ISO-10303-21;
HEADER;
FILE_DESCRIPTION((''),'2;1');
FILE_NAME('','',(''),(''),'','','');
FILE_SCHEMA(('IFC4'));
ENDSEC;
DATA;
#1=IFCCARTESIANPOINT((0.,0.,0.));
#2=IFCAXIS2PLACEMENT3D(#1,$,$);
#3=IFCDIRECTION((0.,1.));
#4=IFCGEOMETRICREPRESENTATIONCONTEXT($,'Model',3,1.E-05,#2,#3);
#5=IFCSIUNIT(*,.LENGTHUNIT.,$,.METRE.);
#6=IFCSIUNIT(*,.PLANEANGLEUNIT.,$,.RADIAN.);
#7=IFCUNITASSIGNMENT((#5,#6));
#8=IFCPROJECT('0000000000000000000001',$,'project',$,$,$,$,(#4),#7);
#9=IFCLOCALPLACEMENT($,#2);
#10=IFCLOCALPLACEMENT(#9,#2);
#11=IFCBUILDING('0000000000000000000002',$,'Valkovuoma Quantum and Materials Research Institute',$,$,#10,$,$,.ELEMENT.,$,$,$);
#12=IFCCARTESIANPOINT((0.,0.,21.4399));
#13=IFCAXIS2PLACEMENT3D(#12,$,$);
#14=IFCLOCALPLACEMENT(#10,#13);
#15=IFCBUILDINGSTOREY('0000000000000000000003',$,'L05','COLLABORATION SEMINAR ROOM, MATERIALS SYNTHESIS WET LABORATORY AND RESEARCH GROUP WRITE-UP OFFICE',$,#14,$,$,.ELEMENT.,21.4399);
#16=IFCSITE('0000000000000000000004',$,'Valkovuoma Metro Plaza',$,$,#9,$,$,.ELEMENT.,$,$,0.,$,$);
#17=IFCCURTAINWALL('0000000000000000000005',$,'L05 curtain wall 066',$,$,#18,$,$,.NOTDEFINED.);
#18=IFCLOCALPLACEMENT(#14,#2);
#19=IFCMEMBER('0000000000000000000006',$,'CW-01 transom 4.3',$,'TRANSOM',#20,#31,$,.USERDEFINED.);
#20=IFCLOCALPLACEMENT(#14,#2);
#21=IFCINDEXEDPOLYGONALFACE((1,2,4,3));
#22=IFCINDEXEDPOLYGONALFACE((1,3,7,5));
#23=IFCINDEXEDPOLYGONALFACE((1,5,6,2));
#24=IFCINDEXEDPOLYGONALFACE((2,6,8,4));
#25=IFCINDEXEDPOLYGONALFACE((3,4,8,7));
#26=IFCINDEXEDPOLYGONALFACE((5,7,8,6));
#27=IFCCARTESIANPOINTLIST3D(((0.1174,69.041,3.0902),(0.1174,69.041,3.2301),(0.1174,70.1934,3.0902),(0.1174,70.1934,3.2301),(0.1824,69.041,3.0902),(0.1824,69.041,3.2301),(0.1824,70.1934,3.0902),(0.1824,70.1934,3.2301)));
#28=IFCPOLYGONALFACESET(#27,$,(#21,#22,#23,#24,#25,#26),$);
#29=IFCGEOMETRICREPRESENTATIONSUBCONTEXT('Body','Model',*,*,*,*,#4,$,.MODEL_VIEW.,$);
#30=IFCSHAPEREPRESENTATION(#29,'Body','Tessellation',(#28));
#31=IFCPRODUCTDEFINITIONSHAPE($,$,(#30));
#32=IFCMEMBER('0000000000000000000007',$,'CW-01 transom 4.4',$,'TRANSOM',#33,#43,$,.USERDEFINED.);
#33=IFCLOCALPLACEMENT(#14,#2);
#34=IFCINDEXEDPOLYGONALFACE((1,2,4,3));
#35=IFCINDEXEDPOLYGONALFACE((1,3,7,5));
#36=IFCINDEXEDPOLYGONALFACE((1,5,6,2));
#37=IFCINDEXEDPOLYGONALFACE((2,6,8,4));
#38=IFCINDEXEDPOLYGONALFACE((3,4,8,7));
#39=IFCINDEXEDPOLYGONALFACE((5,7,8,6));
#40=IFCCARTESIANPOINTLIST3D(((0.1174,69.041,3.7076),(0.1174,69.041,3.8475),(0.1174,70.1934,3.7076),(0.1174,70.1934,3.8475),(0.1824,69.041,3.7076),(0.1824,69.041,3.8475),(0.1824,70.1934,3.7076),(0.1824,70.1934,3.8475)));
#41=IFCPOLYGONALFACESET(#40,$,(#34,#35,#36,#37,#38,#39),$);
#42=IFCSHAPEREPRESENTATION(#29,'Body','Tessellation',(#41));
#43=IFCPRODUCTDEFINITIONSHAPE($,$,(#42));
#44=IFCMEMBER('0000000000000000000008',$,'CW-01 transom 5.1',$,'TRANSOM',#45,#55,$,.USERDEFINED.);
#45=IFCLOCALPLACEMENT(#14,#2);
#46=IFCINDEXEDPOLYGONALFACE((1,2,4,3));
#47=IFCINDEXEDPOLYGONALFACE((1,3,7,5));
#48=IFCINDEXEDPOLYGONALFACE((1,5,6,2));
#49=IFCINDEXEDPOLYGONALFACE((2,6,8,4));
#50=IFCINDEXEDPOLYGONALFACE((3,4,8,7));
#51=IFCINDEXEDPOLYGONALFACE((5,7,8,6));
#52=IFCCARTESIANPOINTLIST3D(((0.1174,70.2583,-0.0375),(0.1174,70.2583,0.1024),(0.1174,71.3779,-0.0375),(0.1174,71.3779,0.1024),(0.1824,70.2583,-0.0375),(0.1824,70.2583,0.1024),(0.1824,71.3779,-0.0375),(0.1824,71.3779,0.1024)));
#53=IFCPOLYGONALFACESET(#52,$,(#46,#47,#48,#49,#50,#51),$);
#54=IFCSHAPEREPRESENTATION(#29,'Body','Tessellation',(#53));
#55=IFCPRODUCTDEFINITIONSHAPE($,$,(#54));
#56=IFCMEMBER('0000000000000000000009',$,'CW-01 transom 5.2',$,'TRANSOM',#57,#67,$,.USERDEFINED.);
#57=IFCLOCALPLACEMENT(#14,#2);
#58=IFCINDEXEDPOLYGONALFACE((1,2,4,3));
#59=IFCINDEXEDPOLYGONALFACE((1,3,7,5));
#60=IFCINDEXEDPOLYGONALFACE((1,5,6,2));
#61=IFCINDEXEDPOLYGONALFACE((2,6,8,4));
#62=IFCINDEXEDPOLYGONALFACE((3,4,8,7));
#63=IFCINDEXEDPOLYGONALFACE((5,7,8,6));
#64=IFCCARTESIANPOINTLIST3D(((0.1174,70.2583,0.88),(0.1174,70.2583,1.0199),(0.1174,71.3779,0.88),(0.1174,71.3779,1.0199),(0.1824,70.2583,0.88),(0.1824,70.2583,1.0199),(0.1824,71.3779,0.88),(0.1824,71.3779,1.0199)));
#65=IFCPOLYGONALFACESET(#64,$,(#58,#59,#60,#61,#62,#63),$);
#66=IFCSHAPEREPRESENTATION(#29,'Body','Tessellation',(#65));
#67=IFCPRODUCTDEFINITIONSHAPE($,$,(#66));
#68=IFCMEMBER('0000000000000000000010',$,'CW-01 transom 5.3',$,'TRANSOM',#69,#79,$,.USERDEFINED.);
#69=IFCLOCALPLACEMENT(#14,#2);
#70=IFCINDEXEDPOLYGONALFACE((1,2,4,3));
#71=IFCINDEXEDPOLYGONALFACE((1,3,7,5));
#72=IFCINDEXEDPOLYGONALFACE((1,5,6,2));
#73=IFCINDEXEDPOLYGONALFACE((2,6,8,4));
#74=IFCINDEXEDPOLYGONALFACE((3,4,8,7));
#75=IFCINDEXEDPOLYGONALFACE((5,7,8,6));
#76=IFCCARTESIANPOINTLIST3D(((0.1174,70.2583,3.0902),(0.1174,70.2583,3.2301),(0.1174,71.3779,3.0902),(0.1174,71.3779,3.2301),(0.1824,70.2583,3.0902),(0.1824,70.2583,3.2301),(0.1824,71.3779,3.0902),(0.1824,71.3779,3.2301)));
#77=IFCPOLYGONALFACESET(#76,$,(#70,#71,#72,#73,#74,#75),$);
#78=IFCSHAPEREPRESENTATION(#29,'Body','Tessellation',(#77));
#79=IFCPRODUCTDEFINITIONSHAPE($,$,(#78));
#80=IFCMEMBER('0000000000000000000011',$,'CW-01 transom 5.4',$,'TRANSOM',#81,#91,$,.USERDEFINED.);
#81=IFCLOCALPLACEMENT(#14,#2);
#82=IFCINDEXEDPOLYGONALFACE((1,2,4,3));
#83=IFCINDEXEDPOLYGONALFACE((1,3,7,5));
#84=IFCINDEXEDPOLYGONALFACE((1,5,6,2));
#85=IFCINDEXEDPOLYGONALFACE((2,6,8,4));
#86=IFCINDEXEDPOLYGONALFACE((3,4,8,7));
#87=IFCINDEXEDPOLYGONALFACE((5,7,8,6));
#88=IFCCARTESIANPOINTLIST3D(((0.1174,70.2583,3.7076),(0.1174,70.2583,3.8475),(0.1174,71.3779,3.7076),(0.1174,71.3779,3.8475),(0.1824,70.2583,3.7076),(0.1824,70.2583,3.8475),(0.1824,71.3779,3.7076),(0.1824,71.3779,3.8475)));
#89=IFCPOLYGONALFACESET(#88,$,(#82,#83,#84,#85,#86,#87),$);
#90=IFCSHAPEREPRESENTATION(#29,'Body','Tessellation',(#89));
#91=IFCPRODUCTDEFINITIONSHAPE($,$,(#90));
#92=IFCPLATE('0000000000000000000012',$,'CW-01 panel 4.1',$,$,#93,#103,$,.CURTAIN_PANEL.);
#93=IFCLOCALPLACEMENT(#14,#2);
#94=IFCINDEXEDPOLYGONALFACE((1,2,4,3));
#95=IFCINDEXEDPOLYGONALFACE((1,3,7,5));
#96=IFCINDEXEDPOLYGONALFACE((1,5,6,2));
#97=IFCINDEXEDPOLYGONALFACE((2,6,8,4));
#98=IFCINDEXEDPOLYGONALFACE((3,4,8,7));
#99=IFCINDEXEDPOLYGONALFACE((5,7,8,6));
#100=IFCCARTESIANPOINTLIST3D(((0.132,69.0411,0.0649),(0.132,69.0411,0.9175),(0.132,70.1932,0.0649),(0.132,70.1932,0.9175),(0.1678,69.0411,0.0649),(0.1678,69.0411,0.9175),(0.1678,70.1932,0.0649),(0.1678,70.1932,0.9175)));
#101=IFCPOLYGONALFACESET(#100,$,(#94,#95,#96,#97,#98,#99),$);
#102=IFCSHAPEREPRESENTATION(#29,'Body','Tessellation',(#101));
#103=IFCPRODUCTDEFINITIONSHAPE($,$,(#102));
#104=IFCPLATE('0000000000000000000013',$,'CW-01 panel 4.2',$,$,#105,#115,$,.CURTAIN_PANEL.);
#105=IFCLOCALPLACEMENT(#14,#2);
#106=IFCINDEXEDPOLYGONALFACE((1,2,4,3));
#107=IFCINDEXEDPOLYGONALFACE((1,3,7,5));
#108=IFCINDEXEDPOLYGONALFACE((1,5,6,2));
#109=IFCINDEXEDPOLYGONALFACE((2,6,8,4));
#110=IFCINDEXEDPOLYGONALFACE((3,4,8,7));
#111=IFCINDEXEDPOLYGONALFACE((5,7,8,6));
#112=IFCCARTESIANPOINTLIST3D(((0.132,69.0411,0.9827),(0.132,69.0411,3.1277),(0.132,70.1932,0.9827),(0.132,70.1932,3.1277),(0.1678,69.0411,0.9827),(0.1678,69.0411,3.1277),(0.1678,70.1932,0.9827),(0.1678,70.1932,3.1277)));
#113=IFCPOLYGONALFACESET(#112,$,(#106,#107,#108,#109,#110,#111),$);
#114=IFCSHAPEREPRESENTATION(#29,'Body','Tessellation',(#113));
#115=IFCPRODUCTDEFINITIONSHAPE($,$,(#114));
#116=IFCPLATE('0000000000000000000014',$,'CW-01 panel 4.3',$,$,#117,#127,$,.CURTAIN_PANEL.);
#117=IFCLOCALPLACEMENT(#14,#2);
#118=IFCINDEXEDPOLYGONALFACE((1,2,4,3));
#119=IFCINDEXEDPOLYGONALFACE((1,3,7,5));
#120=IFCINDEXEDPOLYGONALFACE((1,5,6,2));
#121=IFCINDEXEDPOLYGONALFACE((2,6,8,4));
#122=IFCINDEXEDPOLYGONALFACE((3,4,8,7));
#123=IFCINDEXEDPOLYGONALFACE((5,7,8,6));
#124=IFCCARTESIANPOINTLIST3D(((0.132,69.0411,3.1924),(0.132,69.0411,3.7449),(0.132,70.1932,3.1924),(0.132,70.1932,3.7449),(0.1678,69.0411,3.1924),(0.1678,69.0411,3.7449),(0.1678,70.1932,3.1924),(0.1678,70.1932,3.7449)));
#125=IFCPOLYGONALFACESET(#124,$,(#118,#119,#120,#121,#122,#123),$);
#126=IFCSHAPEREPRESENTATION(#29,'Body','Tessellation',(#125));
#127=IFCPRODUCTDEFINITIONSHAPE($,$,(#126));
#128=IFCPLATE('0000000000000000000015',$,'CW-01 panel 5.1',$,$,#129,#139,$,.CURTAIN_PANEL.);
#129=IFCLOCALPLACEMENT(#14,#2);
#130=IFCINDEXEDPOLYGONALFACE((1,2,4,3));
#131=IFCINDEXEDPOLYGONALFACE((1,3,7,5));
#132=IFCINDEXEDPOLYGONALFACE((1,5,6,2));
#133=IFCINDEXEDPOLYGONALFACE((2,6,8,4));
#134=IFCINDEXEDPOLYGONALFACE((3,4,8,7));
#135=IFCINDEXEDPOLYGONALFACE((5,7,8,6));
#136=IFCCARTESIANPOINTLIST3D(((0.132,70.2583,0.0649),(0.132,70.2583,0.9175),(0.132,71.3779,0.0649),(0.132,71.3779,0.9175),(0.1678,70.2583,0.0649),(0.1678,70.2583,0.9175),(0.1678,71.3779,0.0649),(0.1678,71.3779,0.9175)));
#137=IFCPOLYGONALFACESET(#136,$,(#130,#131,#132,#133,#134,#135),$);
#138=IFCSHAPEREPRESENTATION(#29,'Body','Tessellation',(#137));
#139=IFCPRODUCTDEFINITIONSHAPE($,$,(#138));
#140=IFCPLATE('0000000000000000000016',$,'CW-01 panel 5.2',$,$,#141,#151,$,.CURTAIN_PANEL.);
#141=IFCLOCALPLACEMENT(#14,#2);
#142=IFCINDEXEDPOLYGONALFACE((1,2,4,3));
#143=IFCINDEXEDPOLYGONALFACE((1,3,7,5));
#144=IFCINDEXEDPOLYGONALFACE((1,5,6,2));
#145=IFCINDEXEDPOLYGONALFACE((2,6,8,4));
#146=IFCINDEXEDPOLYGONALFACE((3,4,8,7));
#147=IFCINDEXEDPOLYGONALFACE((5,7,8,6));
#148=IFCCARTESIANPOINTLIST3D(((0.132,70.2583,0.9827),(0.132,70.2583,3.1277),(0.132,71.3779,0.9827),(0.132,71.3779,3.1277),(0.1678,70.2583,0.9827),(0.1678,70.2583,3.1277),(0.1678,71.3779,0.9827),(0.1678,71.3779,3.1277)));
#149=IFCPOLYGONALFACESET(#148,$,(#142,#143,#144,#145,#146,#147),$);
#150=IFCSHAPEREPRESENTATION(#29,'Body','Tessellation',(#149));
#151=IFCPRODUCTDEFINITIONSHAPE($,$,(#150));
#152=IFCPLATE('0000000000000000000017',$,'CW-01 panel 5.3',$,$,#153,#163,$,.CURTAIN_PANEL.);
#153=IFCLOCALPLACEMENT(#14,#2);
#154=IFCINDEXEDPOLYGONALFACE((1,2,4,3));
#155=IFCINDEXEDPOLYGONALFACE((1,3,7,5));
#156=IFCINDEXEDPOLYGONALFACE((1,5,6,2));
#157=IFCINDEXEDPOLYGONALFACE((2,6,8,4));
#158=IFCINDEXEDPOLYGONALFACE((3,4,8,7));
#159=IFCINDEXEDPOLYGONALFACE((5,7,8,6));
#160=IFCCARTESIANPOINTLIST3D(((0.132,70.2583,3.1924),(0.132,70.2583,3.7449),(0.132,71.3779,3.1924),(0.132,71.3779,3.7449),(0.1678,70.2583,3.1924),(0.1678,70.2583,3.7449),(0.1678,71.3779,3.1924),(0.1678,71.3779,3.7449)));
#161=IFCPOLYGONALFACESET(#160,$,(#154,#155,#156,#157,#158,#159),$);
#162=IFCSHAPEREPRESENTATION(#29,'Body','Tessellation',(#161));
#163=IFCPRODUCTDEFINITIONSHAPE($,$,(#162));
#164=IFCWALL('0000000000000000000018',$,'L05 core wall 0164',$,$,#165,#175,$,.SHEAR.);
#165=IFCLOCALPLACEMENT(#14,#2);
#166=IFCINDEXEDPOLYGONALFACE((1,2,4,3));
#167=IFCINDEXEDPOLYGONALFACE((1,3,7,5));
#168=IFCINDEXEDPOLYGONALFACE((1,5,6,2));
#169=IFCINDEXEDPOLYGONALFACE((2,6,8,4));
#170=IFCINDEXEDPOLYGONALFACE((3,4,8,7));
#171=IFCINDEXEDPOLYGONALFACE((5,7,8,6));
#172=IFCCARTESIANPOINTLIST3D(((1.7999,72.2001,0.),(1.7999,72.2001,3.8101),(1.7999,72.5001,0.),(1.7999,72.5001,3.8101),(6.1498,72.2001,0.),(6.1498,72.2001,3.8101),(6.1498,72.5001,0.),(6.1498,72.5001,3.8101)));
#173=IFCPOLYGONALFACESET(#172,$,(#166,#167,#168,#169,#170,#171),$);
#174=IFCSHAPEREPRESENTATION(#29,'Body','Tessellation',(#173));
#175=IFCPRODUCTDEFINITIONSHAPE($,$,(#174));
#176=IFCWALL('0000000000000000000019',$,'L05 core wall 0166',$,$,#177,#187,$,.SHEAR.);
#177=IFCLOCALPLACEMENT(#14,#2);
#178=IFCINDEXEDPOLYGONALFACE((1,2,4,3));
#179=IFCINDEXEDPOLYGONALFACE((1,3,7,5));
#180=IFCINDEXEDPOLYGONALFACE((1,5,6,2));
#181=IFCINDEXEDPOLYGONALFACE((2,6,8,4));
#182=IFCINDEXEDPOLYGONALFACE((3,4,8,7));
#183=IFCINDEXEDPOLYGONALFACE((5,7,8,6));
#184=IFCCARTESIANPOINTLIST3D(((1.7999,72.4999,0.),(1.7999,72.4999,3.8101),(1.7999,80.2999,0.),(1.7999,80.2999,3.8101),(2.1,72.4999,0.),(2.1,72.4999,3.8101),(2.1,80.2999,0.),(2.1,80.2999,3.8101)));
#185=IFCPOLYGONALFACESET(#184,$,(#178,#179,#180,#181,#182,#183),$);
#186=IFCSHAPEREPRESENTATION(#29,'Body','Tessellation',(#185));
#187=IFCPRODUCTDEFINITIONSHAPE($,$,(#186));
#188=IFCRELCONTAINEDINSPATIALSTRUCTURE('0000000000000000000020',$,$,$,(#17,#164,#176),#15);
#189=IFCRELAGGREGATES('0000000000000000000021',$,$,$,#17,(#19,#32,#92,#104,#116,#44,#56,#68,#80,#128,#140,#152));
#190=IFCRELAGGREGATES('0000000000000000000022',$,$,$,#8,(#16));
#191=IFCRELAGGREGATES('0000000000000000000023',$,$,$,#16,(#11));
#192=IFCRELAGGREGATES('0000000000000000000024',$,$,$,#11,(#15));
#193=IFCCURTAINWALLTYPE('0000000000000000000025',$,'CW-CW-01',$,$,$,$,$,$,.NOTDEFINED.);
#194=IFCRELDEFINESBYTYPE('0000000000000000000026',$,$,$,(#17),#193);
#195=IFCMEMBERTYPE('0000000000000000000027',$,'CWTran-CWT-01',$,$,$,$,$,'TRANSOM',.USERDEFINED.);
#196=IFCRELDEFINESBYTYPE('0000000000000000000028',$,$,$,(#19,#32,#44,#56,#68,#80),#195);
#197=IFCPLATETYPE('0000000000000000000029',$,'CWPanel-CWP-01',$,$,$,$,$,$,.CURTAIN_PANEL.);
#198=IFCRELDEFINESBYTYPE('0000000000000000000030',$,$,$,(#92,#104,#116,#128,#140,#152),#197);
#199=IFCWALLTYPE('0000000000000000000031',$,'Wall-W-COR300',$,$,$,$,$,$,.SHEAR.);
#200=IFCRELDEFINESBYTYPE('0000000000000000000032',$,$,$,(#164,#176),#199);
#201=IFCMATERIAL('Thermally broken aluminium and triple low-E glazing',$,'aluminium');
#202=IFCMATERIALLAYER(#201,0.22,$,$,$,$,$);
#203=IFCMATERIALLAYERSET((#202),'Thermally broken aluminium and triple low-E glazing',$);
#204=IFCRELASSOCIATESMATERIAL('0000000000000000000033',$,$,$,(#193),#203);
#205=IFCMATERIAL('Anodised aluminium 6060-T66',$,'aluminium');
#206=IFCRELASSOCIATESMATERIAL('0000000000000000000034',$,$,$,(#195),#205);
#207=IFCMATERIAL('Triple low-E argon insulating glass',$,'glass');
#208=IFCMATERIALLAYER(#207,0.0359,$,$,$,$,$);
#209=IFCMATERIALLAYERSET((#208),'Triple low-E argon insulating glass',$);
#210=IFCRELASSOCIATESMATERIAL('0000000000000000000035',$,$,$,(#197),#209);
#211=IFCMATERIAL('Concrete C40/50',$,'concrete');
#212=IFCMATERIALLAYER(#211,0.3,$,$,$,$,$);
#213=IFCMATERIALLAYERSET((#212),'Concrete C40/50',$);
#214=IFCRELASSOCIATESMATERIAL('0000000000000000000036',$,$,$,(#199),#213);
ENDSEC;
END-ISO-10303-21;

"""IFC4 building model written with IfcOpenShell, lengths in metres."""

from ifc_helpers import new_model, si_unit, direction, frame, frame_2d, origin, origin_2d, place, context, subcontext, project, spatial, rectangle, extrude, material, layer, layer_set, material_profile, profile_set, type_object, element, aggregate, save


model = new_model("IFC4")

# Units and contexts
model_context = context("Model", 3, precision=1e-05, world=origin(), true_north=direction((0.0, 1.0)))
body_context = subcontext(model_context, "Body", "Model", "MODEL_VIEW")
ifc_project = project(units=[si_unit("LENGTHUNIT", "METRE"), si_unit("PLANEANGLEUNIT", "RADIAN")], contexts=[model_context])

# Site, building, storey
site_placement = place(None, origin())
site = spatial("IfcSite", under=ifc_project, at=site_placement, Name="Valkovuoma Metro Plaza", CompositionType="ELEMENT", RefElevation=0.0)
building_placement = place(site_placement, origin())
building = spatial("IfcBuilding", under=site, at=building_placement, Name="Valkovuoma Quantum and Materials Research Institute", CompositionType="ELEMENT")
storey_placement = place(building_placement, frame((0.0, 0.0, 21.4399)))
storey = spatial("IfcBuildingStorey", under=building, at=storey_placement, Name="L05", Description="COLLABORATION SEMINAR ROOM, MATERIALS SYNTHESIS WET LABORATORY AND RESEARCH GROUP WRITE-UP OFFICE", CompositionType="ELEMENT", Elevation=21.4399)

# Curtain wall, members, plates
ifc_material_1 = material(Name="Thermally broken aluminium and triple low-E glazing", Category="aluminium")
ifc_layer_1 = layer(ifc_material_1, 0.22)
ifc_layer_set_1 = layer_set([ifc_layer_1], Name="Thermally broken aluminium and triple low-E glazing")
curtain_wall_type = type_object("IfcCurtainWallType", Name="CW-CW-01", PredefinedType="NOTDEFINED", material=ifc_layer_set_1)
curtain_wall_placement = place(storey_placement, origin())
curtain_wall = element("IfcCurtainWall", 1, at=curtain_wall_placement, inside=storey, type_object=curtain_wall_type, Name="L05 curtain wall 066", PredefinedType="NOTDEFINED")
ifc_material_2 = material(Name="Anodised aluminium 6060-T66", Category="aluminium")
ifc_material_profile_1 = material_profile(ifc_material_2, rectangle(XDim=0.0649, YDim=0.1399, at=origin_2d()), Name="Anodised aluminium 6060-T66")
ifc_profile_set_1 = profile_set([ifc_material_profile_1], Name="Anodised aluminium 6060-T66")
member_type_1 = type_object("IfcMemberType", Name="CWTran-CWT-01", ElementType="TRANSOM", PredefinedType="USERDEFINED", material=ifc_profile_set_1)
member_1_placement = place(storey_placement, frame((0.1499, 69.041, 3.1602), z_axis=(0.0, 1.0, 0.0), x_axis=(-1.0, 0.0, 0.0)))
member_1 = element("IfcMember", 2, at=member_1_placement, type_object=member_type_1, Name="CW-01 transom 4.3", ObjectType="TRANSOM", PredefinedType="USERDEFINED", context=body_context, shape_type="SweptSolid", body=[
    extrude(rectangle(XDim=0.0649, YDim=0.1399, at=origin_2d()), origin(), (0.0, 0.0, 1.0), 1.1523),
])
member_2_placement = place(storey_placement, frame((0.1499, 69.041, 3.7776), z_axis=(0.0, 1.0, 0.0), x_axis=(-1.0, 0.0, 0.0)))
member_2 = element("IfcMember", 3, at=member_2_placement, type_object=member_type_1, Name="CW-01 transom 4.4", ObjectType="TRANSOM", PredefinedType="USERDEFINED", context=body_context, shape_type="SweptSolid", body=[
    extrude(rectangle(XDim=0.0649, YDim=0.1399, at=origin_2d()), origin(), (0.0, 0.0, 1.0), 1.1523),
])
member_3_placement = place(storey_placement, frame((0.1499, 70.2583, 0.0325), z_axis=(0.0, 1.0, 0.0), x_axis=(-1.0, 0.0, 0.0)))
member_3 = element("IfcMember", 4, at=member_3_placement, type_object=member_type_1, Name="CW-01 transom 5.1", ObjectType="TRANSOM", PredefinedType="USERDEFINED", context=body_context, shape_type="SweptSolid", body=[
    extrude(rectangle(XDim=0.0649, YDim=0.1399, at=origin_2d()), origin(), (0.0, 0.0, 1.0), 1.1196),
])
member_4_placement = place(storey_placement, frame((0.1499, 70.2583, 0.95), z_axis=(0.0, 1.0, 0.0), x_axis=(-1.0, 0.0, 0.0)))
member_4 = element("IfcMember", 5, at=member_4_placement, type_object=member_type_1, Name="CW-01 transom 5.2", ObjectType="TRANSOM", PredefinedType="USERDEFINED", context=body_context, shape_type="SweptSolid", body=[
    extrude(rectangle(XDim=0.0649, YDim=0.1399, at=origin_2d()), origin(), (0.0, 0.0, 1.0), 1.1196),
])
member_5_placement = place(storey_placement, frame((0.1499, 70.2583, 3.1602), z_axis=(0.0, 1.0, 0.0), x_axis=(-1.0, 0.0, 0.0)))
member_5 = element("IfcMember", 6, at=member_5_placement, type_object=member_type_1, Name="CW-01 transom 5.3", ObjectType="TRANSOM", PredefinedType="USERDEFINED", context=body_context, shape_type="SweptSolid", body=[
    extrude(rectangle(XDim=0.0649, YDim=0.1399, at=origin_2d()), origin(), (0.0, 0.0, 1.0), 1.1196),
])
member_6_placement = place(storey_placement, frame((0.1499, 70.2583, 3.7776), z_axis=(0.0, 1.0, 0.0), x_axis=(-1.0, 0.0, 0.0)))
member_6 = element("IfcMember", 7, at=member_6_placement, type_object=member_type_1, Name="CW-01 transom 5.4", ObjectType="TRANSOM", PredefinedType="USERDEFINED", context=body_context, shape_type="SweptSolid", body=[
    extrude(rectangle(XDim=0.0649, YDim=0.1399, at=origin_2d()), origin(), (0.0, 0.0, 1.0), 1.1196),
])
ifc_material_3 = material(Name="Triple low-E argon insulating glass", Category="glass")
ifc_layer_2 = layer(ifc_material_3, 0.0359)
ifc_layer_set_2 = layer_set([ifc_layer_2], Name="Triple low-E argon insulating glass")
plate_type = type_object("IfcPlateType", Name="CWPanel-CWP-01", PredefinedType="CURTAIN_PANEL", material=ifc_layer_set_2)
plate_1_placement = place(storey_placement, frame((0.1499, 69.6172, 0.0649), z_axis=(0.0, 0.0, 1.0), x_axis=(0.0, 1.0, 0.0)))
plate_1 = element("IfcPlate", 8, at=plate_1_placement, type_object=plate_type, Name="CW-01 panel 4.1", PredefinedType="CURTAIN_PANEL", context=body_context, shape_type="SweptSolid", body=[
    extrude(rectangle(XDim=1.1521, YDim=0.0359, at=origin_2d()), origin(), (0.0, 0.0, 1.0), 0.8525),
])
plate_2_placement = place(storey_placement, frame((0.1499, 69.6172, 0.9827), z_axis=(0.0, 0.0, 1.0), x_axis=(0.0, 1.0, 0.0)))
plate_2 = element("IfcPlate", 9, at=plate_2_placement, type_object=plate_type, Name="CW-01 panel 4.2", PredefinedType="CURTAIN_PANEL", context=body_context, shape_type="SweptSolid", body=[
    extrude(rectangle(XDim=1.1521, YDim=0.0359, at=origin_2d()), origin(), (0.0, 0.0, 1.0), 2.145),
])
plate_3_placement = place(storey_placement, frame((0.1499, 69.6172, 3.1924), z_axis=(0.0, 0.0, 1.0), x_axis=(0.0, 1.0, 0.0)))
plate_3 = element("IfcPlate", 10, at=plate_3_placement, type_object=plate_type, Name="CW-01 panel 4.3", PredefinedType="CURTAIN_PANEL", context=body_context, shape_type="SweptSolid", body=[
    extrude(rectangle(XDim=1.1521, YDim=0.0359, at=origin_2d()), origin(), (0.0, 0.0, 1.0), 0.5525),
])
plate_4_placement = place(storey_placement, frame((0.1499, 70.8181, 0.0649), z_axis=(0.0, 0.0, 1.0), x_axis=(0.0, 1.0, 0.0)))
plate_4 = element("IfcPlate", 11, at=plate_4_placement, type_object=plate_type, Name="CW-01 panel 5.1", PredefinedType="CURTAIN_PANEL", context=body_context, shape_type="SweptSolid", body=[
    extrude(rectangle(XDim=1.1196, YDim=0.0359, at=origin_2d()), origin(), (0.0, 0.0, 1.0), 0.8525),
])
plate_5_placement = place(storey_placement, frame((0.1499, 70.8181, 0.9827), z_axis=(0.0, 0.0, 1.0), x_axis=(0.0, 1.0, 0.0)))
plate_5 = element("IfcPlate", 12, at=plate_5_placement, type_object=plate_type, Name="CW-01 panel 5.2", PredefinedType="CURTAIN_PANEL", context=body_context, shape_type="SweptSolid", body=[
    extrude(rectangle(XDim=1.1196, YDim=0.0359, at=origin_2d()), origin(), (0.0, 0.0, 1.0), 2.145),
])
plate_6_placement = place(storey_placement, frame((0.1499, 70.8181, 3.1924), z_axis=(0.0, 0.0, 1.0), x_axis=(0.0, 1.0, 0.0)))
plate_6 = element("IfcPlate", 13, at=plate_6_placement, type_object=plate_type, Name="CW-01 panel 5.3", PredefinedType="CURTAIN_PANEL", context=body_context, shape_type="SweptSolid", body=[
    extrude(rectangle(XDim=1.1196, YDim=0.0359, at=origin_2d()), origin(), (0.0, 0.0, 1.0), 0.5525),
])
aggregate(curtain_wall, [member_1, member_2, plate_1, plate_2, plate_3, member_3, member_4, member_5, member_6, plate_4, plate_5, plate_6])

# Walls
ifc_material_4 = material(Name="Concrete C40/50", Category="concrete")
ifc_layer_3 = layer(ifc_material_4, 0.3)
ifc_layer_set_3 = layer_set([ifc_layer_3], Name="Concrete C40/50")
wall_type = type_object("IfcWallType", Name="Wall-W-COR300", PredefinedType="SHEAR", material=ifc_layer_set_3)
wall_1_placement = place(storey_placement, frame((1.8, 72.3501, 0.0), z_axis=(0.0, 0.0, 1.0), x_axis=(1.0, 0.0, 0.0)))
element("IfcWall", 14, at=wall_1_placement, inside=storey, type_object=wall_type, Name="L05 core wall 0164", PredefinedType="SHEAR", context=body_context, shape_type="SweptSolid", body=[
    extrude(rectangle(XDim=4.3499, YDim=0.3, at=frame_2d((2.1748, 0.0))), origin(), (0.0, 0.0, 1.0), 3.8101),
])
wall_2_placement = place(storey_placement, frame((1.95, 72.5, 0.0), z_axis=(0.0, 0.0, 1.0), x_axis=(0.0, 1.0, 0.0)))
element("IfcWall", 15, at=wall_2_placement, inside=storey, type_object=wall_type, Name="L05 core wall 0166", PredefinedType="SHEAR", context=body_context, shape_type="SweptSolid", body=[
    extrude(rectangle(XDim=7.8, YDim=0.3, at=frame_2d((3.8999, 0.0))), origin(), (0.0, 0.0, 1.0), 3.8101),
])

save(model, "model.ifc")
